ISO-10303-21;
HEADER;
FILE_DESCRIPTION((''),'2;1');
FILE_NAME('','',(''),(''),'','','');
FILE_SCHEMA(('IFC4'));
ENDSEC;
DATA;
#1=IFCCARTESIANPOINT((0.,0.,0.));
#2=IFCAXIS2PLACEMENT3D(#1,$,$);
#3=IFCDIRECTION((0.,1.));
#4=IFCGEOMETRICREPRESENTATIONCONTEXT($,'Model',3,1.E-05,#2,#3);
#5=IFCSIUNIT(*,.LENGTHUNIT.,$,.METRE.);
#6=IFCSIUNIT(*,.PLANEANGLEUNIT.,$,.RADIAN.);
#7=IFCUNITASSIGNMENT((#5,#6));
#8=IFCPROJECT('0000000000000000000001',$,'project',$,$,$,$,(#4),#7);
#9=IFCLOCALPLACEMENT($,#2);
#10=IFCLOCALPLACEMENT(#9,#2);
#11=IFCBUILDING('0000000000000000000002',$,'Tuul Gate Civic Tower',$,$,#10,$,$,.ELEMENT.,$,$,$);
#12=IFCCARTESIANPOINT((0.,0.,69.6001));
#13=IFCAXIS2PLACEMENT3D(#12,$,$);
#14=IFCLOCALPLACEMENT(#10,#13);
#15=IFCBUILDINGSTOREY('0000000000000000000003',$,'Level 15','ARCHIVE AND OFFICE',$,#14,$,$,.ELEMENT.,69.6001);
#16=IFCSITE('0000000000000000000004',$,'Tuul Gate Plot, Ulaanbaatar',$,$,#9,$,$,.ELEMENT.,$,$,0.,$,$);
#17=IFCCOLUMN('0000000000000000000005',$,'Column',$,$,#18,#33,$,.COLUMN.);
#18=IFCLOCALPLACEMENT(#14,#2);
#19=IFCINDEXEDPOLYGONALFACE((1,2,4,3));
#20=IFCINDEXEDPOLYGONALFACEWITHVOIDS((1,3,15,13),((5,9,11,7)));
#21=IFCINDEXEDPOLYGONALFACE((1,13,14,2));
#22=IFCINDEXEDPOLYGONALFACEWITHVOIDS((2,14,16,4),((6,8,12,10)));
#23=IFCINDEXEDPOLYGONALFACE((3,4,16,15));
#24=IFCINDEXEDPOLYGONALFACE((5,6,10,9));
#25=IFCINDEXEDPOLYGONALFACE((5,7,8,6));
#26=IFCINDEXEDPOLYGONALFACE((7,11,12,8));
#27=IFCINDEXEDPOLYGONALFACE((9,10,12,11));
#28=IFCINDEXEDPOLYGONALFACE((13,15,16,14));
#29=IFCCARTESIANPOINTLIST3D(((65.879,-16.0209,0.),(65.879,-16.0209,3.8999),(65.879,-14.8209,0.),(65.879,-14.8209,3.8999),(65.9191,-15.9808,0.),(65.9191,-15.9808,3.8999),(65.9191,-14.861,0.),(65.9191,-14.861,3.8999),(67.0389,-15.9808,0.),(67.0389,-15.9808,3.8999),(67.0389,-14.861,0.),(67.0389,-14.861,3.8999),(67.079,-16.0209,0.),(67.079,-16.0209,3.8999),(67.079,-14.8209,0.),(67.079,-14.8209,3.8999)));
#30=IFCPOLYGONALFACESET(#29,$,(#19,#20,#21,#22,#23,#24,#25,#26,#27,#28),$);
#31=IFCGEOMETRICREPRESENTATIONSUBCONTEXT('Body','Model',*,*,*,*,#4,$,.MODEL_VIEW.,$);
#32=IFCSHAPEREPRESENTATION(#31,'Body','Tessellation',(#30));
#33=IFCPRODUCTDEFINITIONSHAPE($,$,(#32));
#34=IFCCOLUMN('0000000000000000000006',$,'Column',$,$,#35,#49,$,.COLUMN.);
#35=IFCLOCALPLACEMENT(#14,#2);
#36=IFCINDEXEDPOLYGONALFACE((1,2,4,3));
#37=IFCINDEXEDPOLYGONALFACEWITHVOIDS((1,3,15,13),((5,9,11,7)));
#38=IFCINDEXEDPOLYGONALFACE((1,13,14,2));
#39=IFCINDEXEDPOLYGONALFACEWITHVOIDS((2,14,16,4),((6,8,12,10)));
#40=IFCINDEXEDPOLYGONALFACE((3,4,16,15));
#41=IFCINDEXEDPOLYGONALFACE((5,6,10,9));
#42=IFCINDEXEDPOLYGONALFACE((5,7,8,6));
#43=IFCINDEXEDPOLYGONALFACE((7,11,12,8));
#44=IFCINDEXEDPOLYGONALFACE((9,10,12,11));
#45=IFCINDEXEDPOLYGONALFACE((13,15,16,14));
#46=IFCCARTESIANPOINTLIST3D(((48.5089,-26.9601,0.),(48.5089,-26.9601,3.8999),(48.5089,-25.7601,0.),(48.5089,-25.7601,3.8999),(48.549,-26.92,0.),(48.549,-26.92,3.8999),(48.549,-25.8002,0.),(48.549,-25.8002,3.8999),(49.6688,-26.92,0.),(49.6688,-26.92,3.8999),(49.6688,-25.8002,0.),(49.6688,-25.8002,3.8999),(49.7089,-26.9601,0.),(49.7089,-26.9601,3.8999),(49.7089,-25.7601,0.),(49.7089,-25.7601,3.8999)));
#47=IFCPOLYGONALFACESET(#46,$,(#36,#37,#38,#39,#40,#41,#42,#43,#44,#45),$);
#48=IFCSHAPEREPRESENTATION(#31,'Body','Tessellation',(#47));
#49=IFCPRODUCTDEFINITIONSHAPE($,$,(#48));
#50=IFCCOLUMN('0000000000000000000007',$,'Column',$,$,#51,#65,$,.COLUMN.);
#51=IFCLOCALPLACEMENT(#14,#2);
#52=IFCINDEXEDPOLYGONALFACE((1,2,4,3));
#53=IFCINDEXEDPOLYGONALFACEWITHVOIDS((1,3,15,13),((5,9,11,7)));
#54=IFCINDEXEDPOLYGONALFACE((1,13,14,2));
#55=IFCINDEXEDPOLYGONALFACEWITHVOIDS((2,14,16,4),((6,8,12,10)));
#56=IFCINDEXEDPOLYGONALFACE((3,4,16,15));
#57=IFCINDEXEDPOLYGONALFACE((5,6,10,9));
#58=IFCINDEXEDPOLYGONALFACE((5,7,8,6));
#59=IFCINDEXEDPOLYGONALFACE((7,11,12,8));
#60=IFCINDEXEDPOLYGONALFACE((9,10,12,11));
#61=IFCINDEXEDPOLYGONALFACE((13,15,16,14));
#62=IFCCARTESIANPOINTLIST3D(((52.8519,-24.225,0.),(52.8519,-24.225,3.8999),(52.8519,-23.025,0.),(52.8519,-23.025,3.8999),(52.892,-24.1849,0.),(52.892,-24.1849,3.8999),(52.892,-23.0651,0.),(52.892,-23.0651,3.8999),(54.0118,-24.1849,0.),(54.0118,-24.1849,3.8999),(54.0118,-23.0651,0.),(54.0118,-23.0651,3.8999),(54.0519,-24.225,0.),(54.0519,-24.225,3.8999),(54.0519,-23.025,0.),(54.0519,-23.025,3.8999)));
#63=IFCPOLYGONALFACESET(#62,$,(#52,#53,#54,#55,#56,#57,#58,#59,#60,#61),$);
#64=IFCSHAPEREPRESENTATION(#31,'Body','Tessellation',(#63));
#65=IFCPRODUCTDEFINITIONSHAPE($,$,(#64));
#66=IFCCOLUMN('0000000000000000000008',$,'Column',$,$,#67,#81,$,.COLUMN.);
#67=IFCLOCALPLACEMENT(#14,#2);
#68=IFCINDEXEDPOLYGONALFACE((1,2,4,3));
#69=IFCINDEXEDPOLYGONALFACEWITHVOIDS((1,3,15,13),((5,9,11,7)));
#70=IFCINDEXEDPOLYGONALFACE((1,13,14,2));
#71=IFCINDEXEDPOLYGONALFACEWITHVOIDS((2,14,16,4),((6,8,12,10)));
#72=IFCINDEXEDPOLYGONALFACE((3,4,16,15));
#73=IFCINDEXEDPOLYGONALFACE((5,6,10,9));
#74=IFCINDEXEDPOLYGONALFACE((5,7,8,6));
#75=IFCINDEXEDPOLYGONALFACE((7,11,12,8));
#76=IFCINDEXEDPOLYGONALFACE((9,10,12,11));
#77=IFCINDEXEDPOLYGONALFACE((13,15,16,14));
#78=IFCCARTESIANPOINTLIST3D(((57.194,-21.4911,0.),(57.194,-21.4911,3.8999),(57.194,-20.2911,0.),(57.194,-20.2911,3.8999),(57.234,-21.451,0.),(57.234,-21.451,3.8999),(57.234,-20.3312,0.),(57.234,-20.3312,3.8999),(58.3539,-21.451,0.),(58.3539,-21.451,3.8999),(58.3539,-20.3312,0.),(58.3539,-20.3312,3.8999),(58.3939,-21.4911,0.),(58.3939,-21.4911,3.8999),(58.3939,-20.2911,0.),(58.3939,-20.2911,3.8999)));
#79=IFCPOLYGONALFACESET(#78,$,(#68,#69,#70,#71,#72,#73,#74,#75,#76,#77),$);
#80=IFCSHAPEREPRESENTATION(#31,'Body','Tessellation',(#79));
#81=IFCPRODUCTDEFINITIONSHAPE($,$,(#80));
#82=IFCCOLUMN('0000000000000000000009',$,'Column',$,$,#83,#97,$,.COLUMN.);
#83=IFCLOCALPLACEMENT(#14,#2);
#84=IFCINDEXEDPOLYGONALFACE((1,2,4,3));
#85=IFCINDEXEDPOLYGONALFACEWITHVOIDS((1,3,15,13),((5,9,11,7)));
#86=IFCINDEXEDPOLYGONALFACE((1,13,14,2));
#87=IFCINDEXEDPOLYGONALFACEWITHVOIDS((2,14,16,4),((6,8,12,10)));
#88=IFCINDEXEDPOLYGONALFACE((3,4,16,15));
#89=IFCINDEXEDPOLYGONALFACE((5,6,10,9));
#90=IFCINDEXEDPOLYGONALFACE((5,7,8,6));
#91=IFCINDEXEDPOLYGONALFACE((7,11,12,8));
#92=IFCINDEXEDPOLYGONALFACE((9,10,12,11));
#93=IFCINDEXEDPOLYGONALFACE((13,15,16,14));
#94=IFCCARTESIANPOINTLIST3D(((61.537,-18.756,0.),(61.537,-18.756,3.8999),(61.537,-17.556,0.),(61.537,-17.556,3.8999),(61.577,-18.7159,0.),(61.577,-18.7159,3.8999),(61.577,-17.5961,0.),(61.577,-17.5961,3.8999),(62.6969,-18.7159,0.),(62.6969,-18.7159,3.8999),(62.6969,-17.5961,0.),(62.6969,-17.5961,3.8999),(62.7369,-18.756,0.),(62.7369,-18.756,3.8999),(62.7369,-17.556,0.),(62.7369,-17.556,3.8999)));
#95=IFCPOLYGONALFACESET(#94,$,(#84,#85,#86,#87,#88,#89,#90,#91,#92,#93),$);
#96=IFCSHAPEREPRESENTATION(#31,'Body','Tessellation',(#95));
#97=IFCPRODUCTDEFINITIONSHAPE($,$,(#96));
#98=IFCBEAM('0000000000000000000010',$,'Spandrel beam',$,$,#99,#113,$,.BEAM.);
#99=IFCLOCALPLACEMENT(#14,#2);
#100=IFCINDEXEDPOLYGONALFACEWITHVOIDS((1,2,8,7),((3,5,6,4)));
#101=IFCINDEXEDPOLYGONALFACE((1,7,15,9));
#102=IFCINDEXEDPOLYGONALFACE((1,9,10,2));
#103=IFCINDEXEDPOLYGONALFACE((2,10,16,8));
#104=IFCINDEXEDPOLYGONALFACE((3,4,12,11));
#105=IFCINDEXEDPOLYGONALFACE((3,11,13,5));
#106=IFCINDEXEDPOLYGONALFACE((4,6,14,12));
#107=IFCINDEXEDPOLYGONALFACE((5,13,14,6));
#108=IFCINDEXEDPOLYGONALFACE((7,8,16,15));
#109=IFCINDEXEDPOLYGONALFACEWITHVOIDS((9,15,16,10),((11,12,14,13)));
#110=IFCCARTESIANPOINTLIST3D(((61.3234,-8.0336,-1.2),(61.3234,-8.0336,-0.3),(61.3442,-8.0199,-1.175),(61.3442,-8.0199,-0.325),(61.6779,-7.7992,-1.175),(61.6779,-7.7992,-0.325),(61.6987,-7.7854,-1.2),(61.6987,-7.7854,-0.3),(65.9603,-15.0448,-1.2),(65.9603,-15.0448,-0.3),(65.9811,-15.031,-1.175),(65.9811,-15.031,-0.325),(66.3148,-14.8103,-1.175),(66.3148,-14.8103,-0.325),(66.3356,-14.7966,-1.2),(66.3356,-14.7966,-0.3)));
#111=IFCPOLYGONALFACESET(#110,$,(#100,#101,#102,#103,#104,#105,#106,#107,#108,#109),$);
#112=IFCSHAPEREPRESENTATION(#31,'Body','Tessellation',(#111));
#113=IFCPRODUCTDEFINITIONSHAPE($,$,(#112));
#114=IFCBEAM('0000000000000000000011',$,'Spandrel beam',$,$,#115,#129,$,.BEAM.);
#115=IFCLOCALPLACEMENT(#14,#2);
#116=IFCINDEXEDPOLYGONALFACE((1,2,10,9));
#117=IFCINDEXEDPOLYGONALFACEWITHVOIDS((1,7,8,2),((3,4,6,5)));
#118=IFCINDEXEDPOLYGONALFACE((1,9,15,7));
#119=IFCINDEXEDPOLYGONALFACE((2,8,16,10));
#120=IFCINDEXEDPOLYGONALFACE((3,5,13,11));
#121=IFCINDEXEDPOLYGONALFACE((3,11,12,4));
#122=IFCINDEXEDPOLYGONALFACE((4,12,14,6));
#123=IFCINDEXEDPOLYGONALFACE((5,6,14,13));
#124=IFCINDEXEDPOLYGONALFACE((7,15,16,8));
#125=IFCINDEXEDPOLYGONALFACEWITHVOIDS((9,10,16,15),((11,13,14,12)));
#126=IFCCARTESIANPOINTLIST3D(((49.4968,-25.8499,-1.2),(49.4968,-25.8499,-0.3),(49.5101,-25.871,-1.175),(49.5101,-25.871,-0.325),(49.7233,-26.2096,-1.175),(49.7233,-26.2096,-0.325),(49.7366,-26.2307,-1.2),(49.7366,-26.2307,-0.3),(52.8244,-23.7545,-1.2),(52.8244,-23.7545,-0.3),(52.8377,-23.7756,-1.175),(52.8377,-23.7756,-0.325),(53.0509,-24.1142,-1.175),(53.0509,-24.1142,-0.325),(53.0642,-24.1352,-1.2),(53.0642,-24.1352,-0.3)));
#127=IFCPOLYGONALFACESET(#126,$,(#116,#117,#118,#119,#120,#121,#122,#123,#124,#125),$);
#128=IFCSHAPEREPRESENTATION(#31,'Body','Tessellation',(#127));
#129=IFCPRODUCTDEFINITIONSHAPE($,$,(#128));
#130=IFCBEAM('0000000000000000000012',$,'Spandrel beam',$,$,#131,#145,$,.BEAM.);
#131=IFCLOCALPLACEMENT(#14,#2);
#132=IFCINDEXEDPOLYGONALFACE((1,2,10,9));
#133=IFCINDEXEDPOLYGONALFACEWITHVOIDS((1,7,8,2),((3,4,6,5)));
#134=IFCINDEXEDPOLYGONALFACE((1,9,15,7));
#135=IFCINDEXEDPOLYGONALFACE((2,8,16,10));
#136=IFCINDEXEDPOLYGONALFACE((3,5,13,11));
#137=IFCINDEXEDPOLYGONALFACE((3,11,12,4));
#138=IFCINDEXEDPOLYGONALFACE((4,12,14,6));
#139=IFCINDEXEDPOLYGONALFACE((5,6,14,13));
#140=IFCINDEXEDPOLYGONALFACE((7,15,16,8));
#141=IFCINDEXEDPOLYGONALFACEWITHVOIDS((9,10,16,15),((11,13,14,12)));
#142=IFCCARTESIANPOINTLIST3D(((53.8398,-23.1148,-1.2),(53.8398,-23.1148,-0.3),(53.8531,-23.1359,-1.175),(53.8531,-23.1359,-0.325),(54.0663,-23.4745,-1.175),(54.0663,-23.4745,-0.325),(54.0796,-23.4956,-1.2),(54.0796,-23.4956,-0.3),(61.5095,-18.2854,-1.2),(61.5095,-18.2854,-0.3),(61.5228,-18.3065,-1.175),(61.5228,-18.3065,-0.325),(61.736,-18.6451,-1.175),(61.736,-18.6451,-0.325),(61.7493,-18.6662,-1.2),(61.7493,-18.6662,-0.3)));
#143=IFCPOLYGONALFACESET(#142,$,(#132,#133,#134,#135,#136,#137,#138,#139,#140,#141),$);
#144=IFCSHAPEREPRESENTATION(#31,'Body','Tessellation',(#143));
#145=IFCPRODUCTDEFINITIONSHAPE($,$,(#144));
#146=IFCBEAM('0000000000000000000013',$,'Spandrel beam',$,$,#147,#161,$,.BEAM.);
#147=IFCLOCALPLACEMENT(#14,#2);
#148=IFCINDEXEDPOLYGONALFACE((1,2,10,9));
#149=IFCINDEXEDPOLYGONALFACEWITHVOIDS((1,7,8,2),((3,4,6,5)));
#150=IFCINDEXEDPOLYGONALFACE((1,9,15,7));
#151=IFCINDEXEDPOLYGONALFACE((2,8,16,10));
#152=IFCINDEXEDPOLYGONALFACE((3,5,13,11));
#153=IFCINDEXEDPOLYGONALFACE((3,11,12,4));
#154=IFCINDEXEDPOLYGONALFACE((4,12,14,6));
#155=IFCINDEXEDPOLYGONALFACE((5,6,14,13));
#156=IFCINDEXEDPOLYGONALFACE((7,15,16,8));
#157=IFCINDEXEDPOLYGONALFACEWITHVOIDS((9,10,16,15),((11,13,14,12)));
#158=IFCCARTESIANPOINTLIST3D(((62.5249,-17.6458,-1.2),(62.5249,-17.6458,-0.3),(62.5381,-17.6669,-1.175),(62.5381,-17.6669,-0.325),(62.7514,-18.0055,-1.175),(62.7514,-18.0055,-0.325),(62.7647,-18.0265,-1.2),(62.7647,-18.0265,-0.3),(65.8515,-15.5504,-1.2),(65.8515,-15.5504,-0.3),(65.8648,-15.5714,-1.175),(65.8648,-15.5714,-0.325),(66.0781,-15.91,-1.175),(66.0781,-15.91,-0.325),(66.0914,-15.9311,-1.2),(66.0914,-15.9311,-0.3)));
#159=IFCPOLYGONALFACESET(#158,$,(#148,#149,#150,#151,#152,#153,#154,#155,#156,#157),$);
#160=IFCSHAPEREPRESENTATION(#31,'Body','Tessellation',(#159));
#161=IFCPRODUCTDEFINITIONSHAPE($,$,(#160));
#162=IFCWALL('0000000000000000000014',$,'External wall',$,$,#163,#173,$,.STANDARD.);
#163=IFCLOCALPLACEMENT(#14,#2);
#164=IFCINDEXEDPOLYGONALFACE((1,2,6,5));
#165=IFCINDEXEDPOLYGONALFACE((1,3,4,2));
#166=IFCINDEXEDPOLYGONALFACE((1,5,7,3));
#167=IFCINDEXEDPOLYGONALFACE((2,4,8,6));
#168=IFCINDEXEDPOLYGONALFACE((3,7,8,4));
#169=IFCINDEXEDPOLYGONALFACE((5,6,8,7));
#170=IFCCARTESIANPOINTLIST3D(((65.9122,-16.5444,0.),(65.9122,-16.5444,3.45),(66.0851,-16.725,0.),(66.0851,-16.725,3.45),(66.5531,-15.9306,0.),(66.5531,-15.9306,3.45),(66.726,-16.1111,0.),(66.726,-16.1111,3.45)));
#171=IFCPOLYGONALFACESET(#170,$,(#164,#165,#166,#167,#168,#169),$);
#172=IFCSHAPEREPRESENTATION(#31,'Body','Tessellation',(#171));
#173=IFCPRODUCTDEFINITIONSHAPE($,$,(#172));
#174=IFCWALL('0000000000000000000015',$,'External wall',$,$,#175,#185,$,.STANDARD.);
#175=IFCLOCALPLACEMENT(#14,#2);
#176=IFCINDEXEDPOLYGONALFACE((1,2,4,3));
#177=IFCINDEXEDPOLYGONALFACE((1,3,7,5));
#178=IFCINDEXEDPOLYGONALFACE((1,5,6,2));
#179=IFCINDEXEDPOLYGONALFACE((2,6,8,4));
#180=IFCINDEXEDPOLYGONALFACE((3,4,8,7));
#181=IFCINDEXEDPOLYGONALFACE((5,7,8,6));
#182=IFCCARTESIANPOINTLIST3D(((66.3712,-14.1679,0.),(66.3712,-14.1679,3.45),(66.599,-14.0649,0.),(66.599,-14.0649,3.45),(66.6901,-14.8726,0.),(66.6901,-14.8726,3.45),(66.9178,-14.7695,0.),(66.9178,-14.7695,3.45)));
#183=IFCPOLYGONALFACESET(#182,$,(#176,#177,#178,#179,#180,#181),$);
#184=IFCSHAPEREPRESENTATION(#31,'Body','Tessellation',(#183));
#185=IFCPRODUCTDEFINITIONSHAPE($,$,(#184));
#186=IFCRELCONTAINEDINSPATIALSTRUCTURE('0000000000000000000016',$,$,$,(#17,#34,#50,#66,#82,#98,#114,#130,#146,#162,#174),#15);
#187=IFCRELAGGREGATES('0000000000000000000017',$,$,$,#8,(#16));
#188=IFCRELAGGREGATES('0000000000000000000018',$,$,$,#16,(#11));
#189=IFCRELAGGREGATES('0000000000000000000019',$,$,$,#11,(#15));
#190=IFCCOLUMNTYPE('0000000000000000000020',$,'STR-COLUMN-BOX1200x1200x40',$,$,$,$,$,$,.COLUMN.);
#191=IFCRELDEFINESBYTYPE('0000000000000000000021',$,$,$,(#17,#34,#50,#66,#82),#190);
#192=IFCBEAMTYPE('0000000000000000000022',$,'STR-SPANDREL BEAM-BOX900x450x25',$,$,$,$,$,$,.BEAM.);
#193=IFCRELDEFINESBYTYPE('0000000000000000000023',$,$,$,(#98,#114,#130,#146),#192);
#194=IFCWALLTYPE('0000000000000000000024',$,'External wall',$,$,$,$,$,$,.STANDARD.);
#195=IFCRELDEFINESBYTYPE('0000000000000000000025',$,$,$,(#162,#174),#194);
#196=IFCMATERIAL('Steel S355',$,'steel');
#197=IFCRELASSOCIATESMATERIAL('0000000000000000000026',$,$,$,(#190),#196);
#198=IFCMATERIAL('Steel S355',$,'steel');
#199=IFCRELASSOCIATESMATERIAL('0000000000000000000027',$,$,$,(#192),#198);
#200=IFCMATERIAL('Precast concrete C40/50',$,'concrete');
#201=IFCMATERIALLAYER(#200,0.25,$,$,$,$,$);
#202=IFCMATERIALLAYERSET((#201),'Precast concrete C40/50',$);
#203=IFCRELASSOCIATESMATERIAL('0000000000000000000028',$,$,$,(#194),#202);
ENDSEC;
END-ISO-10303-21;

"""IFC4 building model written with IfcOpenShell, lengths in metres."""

from ifc_helpers import new_model, si_unit, direction, frame, frame_2d, origin, origin_2d, place, context, subcontext, project, spatial, rectangle, hollow_rectangle, extrude, material, layer, layer_set, material_profile, profile_set, type_object, element, save


model = new_model("IFC4")

# Units and contexts
model_context = context("Model", 3, precision=1e-05, world=origin(), true_north=direction((0.0, 1.0)))
body_context = subcontext(model_context, "Body", "Model", "MODEL_VIEW")
ifc_project = project(units=[si_unit("LENGTHUNIT", "METRE"), si_unit("PLANEANGLEUNIT", "RADIAN")], contexts=[model_context])

# Site, building, storey
site_placement = place(None, origin())
site = spatial("IfcSite", under=ifc_project, at=site_placement, Name="Tuul Gate Plot, Ulaanbaatar", CompositionType="ELEMENT", RefElevation=0.0)
building_placement = place(site_placement, origin())
building = spatial("IfcBuilding", under=site, at=building_placement, Name="Tuul Gate Civic Tower", CompositionType="ELEMENT")
storey_placement = place(building_placement, frame((0.0, 0.0, 69.6001)))
storey = spatial("IfcBuildingStorey", under=building, at=storey_placement, Name="Level 15", Description="ARCHIVE AND OFFICE", CompositionType="ELEMENT", Elevation=69.6001)

# Columns
ifc_material_1 = material(Name="Steel S355", Category="steel")
ifc_material_profile_1 = material_profile(ifc_material_1, hollow_rectangle(XDim=1.2, YDim=1.2, WallThickness=0.04, at=origin_2d()), Name="BOX1200x1200x40")
ifc_profile_set_1 = profile_set([ifc_material_profile_1], Name="Steel S355")
column_type = type_object("IfcColumnType", Name="STR-COLUMN-BOX1200x1200x40", PredefinedType="COLUMN", material=ifc_profile_set_1)
for number, where, z_axis, x_axis, name in (
    (1, (66.479, -15.4209, 0.0), (0.0, 0.0, 1.0), (1.0, 0.0, 0.0), "Column"),
    (2, (49.1089, -26.3601, 0.0), (0.0, 0.0, 1.0), (1.0, 0.0, 0.0), "Column"),
    (3, (53.4519, -23.625, 0.0), (0.0, 0.0, 1.0), (1.0, 0.0, 0.0), "Column"),
    (4, (57.7939, -20.8911, 0.0), (0.0, 0.0, 1.0), (1.0, 0.0, 0.0), "Column"),
    (5, (62.137, -18.156, 0.0), (0.0, 0.0, 1.0), (1.0, 0.0, 0.0), "Column"),
):
    element("IfcColumn", number, at=place(storey_placement, frame(where, z_axis=z_axis, x_axis=x_axis)), inside=storey, type_object=column_type, Name=name, PredefinedType="COLUMN", context=body_context, shape_type="SweptSolid", body=[
        extrude(hollow_rectangle(XDim=1.2, YDim=1.2, WallThickness=0.04, at=origin_2d()), origin(), (0.0, 0.0, 1.0), 3.8999),
    ])

# Beams
ifc_material_2 = material(Name="Steel S355", Category="steel")
ifc_material_profile_2 = material_profile(ifc_material_2, hollow_rectangle(XDim=0.45, YDim=0.8999, WallThickness=0.0249, at=origin_2d()), Name="BOX900x450x25")
ifc_profile_set_2 = profile_set([ifc_material_profile_2], Name="Steel S355")
beam_type = type_object("IfcBeamType", Name="STR-SPANDREL BEAM-BOX900x450x25", PredefinedType="BEAM", material=ifc_profile_set_2)
beam_1_placement = place(storey_placement, frame((66.1479, -14.9207, -0.75), z_axis=(-0.551633, 0.834087, 0.0), x_axis=(-0.834087, -0.551633, 0.0)))
element("IfcBeam", 6, at=beam_1_placement, inside=storey, type_object=beam_type, Name="Spandrel beam", PredefinedType="BEAM", context=body_context, shape_type="SweptSolid", body=[
    extrude(hollow_rectangle(XDim=0.45, YDim=0.8999, WallThickness=0.0249, at=origin_2d()), origin(), (0.0, 0.0, 1.0), 8.4058),
])
beam_2_placement = place(storey_placement, frame((49.6167, -26.0403, -0.75), z_axis=(0.846201, 0.532864, 0.0), x_axis=(-0.532864, 0.846201, 0.0)))
element("IfcBeam", 7, at=beam_2_placement, inside=storey, type_object=beam_type, Name="Spandrel beam", PredefinedType="BEAM", context=body_context, shape_type="SweptSolid", body=[
    extrude(hollow_rectangle(XDim=0.45, YDim=0.8999, WallThickness=0.0249, at=origin_2d()), origin(), (0.0, 0.0, 1.0), 3.9324),
])
beam_3_placement = place(storey_placement, frame((53.9597, -23.3052, -0.75), z_axis=(0.846218, 0.532836, 0.0), x_axis=(-0.532836, 0.846218, 0.0)))
element("IfcBeam", 8, at=beam_3_placement, inside=storey, type_object=beam_type, Name="Spandrel beam", PredefinedType="BEAM", context=body_context, shape_type="SweptSolid", body=[
    extrude(hollow_rectangle(XDim=0.45, YDim=0.8999, WallThickness=0.0249, at=origin_2d()), origin(), (0.0, 0.0, 1.0), 9.0635),
])
beam_4_placement = place(storey_placement, frame((62.6448, -17.8362, -0.75), z_axis=(0.84613, 0.532976, 0.0), x_axis=(-0.532976, 0.84613, 0.0)))
element("IfcBeam", 9, at=beam_4_placement, inside=storey, type_object=beam_type, Name="Spandrel beam", PredefinedType="BEAM", context=body_context, shape_type="SweptSolid", body=[
    extrude(hollow_rectangle(XDim=0.45, YDim=0.8999, WallThickness=0.0249, at=origin_2d()), origin(), (0.0, 0.0, 1.0), 3.9316),
])

# Walls
ifc_material_3 = material(Name="Precast concrete C40/50", Category="concrete")
ifc_layer = layer(ifc_material_3, 0.25)
ifc_layer_set = layer_set([ifc_layer], Name="Precast concrete C40/50")
wall_type = type_object("IfcWallType", Name="External wall", PredefinedType="STANDARD", material=ifc_layer_set)
wall_1_placement = place(storey_placement, frame((65.9985, -16.6348, 0.0), z_axis=(0.0, 0.0, 1.0), x_axis=(0.722212, 0.691672, 0.0)))
element("IfcWall", 10, at=wall_1_placement, inside=storey, type_object=wall_type, Name="External wall", PredefinedType="STANDARD", context=body_context, shape_type="SweptSolid", body=[
    extrude(rectangle(XDim=0.8875, YDim=0.25, at=frame_2d((0.4438, 0.0))), origin(), (0.0, 0.0, 1.0), 3.45),
])
wall_2_placement = place(storey_placement, frame((66.804, -14.821, 0.0), z_axis=(0.0, 0.0, 1.0), x_axis=(-0.41228, 0.911057, 0.0)))
element("IfcWall", 11, at=wall_2_placement, inside=storey, type_object=wall_type, Name="External wall", PredefinedType="STANDARD", context=body_context, shape_type="SweptSolid", body=[
    extrude(rectangle(XDim=0.7734, YDim=0.25, at=frame_2d((0.3867, 0.0))), origin(), (0.0, 0.0, 1.0), 3.45),
])

save(model, "model.ifc")
